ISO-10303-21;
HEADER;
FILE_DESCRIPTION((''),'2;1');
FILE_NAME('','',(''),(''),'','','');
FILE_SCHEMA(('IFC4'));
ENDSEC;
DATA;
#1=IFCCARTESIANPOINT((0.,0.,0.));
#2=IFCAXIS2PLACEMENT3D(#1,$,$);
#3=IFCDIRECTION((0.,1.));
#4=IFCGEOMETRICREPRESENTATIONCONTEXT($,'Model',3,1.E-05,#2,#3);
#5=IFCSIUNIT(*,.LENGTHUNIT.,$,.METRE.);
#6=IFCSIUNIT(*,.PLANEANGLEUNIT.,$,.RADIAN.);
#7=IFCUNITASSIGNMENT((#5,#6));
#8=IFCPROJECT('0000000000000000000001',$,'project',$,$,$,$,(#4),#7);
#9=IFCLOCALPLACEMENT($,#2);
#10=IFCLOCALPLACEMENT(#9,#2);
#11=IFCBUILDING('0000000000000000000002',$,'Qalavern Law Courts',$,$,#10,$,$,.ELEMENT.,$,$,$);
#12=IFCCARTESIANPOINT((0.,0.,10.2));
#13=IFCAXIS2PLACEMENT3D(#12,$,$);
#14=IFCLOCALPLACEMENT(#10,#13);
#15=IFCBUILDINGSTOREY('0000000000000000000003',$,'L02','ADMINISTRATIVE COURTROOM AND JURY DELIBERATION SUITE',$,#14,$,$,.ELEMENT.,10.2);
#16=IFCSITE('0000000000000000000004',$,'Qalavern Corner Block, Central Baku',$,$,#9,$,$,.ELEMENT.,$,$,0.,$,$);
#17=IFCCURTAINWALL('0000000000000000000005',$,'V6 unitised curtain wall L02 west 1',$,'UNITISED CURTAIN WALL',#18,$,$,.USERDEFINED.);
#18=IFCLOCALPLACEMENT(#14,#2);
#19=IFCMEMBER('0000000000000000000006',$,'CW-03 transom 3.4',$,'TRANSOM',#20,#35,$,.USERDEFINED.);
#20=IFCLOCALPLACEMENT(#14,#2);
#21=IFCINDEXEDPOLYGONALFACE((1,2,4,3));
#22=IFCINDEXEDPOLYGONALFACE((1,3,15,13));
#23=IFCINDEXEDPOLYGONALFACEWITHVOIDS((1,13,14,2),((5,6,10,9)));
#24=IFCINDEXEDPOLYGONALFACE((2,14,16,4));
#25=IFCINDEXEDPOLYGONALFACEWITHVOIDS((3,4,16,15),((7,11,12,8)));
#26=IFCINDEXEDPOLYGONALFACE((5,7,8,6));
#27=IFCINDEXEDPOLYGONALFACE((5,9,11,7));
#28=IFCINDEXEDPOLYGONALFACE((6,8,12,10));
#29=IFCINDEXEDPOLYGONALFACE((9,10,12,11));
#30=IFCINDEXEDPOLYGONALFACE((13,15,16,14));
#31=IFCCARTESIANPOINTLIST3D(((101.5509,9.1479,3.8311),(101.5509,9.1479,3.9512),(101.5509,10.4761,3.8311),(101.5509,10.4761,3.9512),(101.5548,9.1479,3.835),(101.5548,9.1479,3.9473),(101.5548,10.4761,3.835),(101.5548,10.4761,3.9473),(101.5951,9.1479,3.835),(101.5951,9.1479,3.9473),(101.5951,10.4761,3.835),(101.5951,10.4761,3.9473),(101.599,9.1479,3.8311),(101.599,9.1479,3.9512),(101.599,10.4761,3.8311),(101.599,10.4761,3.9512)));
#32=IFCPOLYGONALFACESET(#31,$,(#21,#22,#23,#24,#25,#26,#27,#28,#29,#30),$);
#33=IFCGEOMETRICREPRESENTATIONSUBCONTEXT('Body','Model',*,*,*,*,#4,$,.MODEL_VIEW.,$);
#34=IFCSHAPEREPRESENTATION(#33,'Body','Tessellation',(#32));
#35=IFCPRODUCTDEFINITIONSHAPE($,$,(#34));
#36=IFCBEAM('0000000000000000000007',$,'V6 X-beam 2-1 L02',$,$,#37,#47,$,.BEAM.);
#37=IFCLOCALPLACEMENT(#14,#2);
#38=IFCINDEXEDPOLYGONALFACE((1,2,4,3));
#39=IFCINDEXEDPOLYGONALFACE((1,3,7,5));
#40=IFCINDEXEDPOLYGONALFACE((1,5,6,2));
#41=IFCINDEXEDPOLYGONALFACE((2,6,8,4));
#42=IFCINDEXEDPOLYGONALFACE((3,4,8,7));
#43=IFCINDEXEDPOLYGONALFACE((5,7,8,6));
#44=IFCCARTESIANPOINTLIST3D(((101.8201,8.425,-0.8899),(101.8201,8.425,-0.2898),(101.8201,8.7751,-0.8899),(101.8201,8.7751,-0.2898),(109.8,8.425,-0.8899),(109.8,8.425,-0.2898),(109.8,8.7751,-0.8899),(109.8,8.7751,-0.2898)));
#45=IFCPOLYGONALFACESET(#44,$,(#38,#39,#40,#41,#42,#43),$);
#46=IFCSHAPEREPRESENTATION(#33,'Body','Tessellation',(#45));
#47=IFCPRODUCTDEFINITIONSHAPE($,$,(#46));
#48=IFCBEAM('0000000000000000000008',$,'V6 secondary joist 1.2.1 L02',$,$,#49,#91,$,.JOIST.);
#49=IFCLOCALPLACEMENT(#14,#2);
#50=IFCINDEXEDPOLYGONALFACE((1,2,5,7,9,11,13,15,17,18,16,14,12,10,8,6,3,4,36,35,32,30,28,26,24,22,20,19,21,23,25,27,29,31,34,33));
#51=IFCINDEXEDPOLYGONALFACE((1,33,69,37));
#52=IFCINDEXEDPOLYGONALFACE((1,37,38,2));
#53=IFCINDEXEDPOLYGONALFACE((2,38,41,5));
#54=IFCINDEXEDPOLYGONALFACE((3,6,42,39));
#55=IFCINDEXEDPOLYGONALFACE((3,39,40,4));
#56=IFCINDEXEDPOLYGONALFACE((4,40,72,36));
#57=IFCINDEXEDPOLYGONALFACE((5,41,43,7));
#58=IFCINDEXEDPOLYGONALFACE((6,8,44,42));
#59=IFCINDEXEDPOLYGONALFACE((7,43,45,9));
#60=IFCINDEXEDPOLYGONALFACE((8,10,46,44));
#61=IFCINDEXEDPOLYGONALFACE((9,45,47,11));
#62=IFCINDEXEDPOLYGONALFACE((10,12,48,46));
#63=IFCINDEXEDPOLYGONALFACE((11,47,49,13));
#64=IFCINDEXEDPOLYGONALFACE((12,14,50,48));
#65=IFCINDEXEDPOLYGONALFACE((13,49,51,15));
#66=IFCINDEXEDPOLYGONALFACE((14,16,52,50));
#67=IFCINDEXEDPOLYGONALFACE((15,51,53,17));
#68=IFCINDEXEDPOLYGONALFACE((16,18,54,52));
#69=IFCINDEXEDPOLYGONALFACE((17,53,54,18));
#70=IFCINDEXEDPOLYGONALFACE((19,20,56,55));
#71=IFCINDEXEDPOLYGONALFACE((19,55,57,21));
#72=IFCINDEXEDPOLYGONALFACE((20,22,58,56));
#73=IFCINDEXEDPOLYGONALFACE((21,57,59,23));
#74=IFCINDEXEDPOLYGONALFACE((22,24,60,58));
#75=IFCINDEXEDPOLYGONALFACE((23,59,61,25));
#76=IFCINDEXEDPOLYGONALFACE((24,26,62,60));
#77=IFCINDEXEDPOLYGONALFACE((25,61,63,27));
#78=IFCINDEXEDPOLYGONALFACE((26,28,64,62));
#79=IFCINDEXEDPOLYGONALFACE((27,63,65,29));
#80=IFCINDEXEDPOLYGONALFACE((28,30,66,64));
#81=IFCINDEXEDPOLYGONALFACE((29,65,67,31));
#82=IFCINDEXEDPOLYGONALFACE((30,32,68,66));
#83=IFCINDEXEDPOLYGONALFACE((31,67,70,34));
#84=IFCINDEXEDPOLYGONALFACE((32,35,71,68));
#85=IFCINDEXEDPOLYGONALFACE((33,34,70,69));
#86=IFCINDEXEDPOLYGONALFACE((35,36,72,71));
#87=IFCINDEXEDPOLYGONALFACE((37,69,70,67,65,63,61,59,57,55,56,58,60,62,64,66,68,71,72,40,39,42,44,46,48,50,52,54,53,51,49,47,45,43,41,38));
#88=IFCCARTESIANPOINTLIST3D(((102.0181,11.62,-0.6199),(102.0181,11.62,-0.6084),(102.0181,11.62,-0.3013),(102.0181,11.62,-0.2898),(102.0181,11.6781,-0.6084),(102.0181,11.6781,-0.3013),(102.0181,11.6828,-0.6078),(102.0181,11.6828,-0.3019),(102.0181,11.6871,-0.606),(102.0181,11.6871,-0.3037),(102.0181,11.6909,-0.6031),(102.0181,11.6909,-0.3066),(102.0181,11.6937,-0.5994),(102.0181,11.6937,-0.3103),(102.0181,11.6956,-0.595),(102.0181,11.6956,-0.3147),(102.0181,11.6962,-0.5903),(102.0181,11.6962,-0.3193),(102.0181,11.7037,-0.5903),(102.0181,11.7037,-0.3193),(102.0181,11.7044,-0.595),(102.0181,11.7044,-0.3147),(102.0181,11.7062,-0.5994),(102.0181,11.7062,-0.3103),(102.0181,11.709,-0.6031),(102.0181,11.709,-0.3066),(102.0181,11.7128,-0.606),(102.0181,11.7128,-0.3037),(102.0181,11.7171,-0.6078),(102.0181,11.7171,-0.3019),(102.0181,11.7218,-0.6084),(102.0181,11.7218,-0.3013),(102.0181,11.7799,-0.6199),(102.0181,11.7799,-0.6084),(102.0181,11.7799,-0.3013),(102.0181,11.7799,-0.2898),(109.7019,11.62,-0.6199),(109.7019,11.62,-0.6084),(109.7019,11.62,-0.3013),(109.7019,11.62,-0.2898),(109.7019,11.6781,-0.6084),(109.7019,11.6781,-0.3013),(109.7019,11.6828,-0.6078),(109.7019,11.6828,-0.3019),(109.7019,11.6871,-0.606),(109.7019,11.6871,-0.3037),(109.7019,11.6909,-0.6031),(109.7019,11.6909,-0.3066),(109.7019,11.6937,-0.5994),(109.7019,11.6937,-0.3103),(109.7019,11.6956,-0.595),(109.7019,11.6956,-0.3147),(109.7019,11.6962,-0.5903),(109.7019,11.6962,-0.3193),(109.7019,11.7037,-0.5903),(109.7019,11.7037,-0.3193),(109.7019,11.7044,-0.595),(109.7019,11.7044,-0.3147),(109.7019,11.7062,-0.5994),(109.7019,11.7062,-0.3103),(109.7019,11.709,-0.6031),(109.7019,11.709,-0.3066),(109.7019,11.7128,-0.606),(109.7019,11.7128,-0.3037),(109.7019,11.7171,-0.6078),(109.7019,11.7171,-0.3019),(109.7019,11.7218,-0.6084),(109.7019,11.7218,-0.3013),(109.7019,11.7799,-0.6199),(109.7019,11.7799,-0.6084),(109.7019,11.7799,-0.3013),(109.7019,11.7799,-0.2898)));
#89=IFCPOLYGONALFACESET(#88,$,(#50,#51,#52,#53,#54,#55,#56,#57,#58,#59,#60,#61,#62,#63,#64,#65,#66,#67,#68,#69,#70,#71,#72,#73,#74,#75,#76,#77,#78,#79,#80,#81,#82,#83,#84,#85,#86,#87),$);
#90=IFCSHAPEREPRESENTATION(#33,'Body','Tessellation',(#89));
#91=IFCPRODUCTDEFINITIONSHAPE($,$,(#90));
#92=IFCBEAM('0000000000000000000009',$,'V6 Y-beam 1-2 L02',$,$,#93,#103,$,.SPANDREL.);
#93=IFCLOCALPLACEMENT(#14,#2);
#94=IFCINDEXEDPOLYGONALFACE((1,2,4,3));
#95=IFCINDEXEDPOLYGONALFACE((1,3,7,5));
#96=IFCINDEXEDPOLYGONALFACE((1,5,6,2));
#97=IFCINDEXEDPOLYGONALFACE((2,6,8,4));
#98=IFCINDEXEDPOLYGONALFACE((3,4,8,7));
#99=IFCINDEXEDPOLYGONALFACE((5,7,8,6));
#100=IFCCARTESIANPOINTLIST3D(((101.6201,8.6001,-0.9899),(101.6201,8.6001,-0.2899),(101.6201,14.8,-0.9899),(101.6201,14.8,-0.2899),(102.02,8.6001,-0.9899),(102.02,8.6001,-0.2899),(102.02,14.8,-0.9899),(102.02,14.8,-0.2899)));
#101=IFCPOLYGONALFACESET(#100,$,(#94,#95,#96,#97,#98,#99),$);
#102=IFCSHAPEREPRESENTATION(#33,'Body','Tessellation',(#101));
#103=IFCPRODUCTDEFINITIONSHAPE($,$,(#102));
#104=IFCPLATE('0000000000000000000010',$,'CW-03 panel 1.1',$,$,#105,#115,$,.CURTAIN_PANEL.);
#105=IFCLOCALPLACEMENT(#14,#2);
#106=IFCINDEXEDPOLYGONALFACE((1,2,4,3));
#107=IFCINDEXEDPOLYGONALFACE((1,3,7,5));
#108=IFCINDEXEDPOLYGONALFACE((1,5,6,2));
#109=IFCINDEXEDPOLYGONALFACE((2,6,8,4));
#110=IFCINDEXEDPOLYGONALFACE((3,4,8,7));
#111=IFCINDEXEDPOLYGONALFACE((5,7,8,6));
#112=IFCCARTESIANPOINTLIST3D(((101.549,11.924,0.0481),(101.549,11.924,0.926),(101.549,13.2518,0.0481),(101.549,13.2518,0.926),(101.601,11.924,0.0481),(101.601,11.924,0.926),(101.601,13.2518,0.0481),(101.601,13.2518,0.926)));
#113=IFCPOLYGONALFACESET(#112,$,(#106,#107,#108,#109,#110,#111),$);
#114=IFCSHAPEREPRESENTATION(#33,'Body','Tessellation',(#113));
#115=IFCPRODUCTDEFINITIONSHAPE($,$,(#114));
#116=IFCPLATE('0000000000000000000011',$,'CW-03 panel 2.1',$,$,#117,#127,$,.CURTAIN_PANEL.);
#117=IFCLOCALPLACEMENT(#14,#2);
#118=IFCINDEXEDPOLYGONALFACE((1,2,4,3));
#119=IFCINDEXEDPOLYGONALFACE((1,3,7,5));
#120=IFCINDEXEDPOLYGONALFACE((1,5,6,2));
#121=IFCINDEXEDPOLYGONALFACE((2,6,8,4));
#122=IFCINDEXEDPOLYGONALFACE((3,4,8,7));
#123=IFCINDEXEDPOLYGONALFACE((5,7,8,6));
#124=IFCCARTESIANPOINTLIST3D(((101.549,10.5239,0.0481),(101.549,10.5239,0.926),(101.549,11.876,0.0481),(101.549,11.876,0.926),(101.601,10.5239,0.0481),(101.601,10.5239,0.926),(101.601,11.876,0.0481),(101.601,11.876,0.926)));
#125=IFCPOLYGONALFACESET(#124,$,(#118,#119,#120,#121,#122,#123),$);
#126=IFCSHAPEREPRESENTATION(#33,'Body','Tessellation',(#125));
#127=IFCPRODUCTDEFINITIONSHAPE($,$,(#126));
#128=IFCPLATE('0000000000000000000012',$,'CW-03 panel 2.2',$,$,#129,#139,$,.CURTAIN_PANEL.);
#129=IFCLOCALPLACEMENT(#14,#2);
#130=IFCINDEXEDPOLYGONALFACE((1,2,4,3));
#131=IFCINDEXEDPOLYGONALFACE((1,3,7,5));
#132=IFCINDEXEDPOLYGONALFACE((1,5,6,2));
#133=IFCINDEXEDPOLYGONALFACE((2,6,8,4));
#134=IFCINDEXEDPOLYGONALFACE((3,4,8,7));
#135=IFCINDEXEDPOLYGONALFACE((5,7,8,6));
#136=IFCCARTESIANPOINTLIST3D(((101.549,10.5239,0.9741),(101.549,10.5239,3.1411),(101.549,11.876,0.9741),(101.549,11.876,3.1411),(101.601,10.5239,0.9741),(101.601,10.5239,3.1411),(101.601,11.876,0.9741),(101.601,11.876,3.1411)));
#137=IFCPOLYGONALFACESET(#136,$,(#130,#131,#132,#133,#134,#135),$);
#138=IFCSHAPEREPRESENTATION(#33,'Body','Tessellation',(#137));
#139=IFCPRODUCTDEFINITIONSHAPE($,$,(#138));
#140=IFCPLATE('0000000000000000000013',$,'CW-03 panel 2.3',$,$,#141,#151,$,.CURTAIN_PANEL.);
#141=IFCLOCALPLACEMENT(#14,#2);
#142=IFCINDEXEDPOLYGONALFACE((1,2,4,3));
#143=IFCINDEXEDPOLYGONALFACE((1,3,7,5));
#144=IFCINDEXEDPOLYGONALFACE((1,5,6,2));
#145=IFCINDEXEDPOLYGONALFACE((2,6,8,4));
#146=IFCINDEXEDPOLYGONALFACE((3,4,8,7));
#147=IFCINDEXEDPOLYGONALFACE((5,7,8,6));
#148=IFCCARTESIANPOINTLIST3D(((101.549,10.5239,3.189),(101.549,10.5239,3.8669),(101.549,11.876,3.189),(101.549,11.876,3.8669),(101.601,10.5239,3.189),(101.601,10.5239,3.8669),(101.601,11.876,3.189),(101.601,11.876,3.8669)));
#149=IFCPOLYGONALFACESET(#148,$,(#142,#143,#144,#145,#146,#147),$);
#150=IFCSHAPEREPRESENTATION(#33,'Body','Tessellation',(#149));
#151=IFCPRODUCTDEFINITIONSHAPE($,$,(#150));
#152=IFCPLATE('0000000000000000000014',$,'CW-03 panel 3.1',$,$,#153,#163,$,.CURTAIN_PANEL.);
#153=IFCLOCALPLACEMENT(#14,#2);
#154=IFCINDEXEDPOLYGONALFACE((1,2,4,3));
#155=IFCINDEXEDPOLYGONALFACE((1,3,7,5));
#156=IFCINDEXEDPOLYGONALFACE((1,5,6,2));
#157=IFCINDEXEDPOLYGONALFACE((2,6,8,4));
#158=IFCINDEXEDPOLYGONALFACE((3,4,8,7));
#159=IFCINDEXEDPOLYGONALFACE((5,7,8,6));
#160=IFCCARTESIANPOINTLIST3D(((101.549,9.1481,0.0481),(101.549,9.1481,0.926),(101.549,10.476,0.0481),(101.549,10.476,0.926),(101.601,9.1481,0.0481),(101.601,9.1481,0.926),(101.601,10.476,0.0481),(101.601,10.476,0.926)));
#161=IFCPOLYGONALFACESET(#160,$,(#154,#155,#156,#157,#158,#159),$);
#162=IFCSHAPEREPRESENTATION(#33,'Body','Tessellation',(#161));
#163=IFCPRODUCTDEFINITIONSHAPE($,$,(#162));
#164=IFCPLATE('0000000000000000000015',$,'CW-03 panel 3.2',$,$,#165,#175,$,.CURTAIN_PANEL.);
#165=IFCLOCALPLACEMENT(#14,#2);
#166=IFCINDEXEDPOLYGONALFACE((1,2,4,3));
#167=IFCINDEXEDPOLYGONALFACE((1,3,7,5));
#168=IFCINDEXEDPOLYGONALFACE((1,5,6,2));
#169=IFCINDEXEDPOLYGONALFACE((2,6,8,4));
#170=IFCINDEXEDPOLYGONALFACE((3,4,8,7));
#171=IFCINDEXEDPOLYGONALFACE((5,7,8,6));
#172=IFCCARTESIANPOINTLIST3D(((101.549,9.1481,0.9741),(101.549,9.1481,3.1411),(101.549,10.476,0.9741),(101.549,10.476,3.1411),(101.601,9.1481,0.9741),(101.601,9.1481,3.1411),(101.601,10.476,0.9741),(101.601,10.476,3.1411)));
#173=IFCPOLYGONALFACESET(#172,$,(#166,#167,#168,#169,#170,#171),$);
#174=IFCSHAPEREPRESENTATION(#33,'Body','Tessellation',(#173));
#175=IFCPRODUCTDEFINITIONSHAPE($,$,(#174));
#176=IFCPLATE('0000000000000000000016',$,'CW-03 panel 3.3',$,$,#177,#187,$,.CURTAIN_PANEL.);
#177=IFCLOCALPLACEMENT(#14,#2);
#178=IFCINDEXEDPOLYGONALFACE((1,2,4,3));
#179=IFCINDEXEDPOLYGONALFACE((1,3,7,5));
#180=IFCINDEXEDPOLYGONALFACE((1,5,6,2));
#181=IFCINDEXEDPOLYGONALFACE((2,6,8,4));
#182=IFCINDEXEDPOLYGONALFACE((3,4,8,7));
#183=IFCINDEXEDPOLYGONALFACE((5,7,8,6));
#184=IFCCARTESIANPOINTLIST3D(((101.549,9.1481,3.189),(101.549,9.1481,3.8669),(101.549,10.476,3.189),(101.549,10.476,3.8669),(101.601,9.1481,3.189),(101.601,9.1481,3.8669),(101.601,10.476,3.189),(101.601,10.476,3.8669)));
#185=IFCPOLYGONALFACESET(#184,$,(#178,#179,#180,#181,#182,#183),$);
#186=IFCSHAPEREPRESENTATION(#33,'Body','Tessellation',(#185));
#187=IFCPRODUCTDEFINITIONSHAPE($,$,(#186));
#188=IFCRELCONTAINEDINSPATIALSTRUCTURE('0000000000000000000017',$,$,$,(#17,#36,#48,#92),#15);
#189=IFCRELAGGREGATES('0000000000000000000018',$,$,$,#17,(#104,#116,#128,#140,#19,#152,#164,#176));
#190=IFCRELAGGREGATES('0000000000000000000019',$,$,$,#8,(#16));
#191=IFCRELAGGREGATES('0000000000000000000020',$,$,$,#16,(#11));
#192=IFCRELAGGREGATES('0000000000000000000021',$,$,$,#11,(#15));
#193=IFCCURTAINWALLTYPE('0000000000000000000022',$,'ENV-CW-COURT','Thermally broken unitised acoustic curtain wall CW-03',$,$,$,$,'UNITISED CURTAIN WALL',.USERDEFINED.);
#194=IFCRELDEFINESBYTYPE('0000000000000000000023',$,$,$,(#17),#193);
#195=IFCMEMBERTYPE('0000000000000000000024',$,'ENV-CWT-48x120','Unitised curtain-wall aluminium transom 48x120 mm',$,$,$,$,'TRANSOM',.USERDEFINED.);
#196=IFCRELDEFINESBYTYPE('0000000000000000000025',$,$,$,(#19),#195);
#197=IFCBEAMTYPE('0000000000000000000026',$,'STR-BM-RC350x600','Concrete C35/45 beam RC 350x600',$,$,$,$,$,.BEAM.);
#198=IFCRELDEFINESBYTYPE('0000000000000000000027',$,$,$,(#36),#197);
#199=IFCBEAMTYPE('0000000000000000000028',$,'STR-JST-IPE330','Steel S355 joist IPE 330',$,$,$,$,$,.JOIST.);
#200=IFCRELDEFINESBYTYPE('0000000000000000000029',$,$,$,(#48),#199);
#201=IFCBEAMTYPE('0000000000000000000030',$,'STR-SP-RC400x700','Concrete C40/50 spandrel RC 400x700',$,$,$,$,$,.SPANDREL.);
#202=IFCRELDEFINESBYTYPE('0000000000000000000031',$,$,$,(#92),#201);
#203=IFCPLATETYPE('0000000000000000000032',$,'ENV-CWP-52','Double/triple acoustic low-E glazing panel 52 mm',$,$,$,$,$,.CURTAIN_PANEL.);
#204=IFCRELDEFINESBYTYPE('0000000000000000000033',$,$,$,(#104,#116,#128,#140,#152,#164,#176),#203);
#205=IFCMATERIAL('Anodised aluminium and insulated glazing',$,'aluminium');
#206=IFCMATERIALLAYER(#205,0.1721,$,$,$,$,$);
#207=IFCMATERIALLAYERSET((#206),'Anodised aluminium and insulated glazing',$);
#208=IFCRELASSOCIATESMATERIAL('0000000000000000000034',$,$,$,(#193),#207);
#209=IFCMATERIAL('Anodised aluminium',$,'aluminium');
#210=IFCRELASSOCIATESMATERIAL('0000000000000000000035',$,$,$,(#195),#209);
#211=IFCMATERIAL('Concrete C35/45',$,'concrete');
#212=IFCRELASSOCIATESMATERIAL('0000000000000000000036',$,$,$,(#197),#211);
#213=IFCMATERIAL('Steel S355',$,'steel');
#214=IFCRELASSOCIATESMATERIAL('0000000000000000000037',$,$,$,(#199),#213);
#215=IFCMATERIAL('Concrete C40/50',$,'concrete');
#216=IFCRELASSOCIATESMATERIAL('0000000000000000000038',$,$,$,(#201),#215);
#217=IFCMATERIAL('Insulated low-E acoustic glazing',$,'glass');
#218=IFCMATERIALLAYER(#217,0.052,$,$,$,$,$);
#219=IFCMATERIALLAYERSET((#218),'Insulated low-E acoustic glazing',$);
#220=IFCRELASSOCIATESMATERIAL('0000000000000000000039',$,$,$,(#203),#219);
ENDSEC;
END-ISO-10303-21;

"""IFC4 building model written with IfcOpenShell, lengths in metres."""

from ifc_helpers import new_model, si_unit, direction, frame, origin, origin_2d, place, context, subcontext, project, spatial, rectangle, hollow_rectangle, i_section, extrude, material, layer, layer_set, material_profile, profile_set, type_object, element, aggregate, save


model = new_model("IFC4")

# Units and contexts
model_context = context("Model", 3, precision=1e-05, world=origin(), true_north=direction((0.0, 1.0)))
body_context = subcontext(model_context, "Body", "Model", "MODEL_VIEW")
ifc_project = project(units=[si_unit("LENGTHUNIT", "METRE"), si_unit("PLANEANGLEUNIT", "RADIAN")], contexts=[model_context])

# Site, building, storey
site_placement = place(None, origin())
site = spatial("IfcSite", under=ifc_project, at=site_placement, Name="Qalavern Corner Block, Central Baku", CompositionType="ELEMENT", RefElevation=0.0)
building_placement = place(site_placement, origin())
building = spatial("IfcBuilding", under=site, at=building_placement, Name="Qalavern Law Courts", CompositionType="ELEMENT")
storey_placement = place(building_placement, frame((0.0, 0.0, 10.2)))
storey = spatial("IfcBuildingStorey", under=building, at=storey_placement, Name="L02", Description="ADMINISTRATIVE COURTROOM AND JURY DELIBERATION SUITE", CompositionType="ELEMENT", Elevation=10.2)

# Curtain wall, member
ifc_material_1 = material(Name="Anodised aluminium and insulated glazing", Category="aluminium")
ifc_layer_1 = layer(ifc_material_1, 0.1721)
ifc_layer_set_1 = layer_set([ifc_layer_1], Name="Anodised aluminium and insulated glazing")
curtain_wall_type = type_object("IfcCurtainWallType", Name="ENV-CW-COURT", Description="Thermally broken unitised acoustic curtain wall CW-03", ElementType="UNITISED CURTAIN WALL", PredefinedType="USERDEFINED", material=ifc_layer_set_1)
curtain_wall_placement = place(storey_placement, origin())
curtain_wall = element("IfcCurtainWall", 1, at=curtain_wall_placement, inside=storey, type_object=curtain_wall_type, Name="V6 unitised curtain wall L02 west 1", ObjectType="UNITISED CURTAIN WALL", PredefinedType="USERDEFINED")
ifc_material_2 = material(Name="Anodised aluminium", Category="aluminium")
ifc_material_profile_1 = material_profile(ifc_material_2, hollow_rectangle(XDim=0.0481, YDim=0.1201, WallThickness=0.0039, at=origin_2d()), Name="ALU TRANSOM 48x120")
ifc_profile_set_1 = profile_set([ifc_material_profile_1], Name="Anodised aluminium")
member_type_1 = type_object("IfcMemberType", Name="ENV-CWT-48x120", Description="Unitised curtain-wall aluminium transom 48x120 mm", ElementType="TRANSOM", PredefinedType="USERDEFINED", material=ifc_profile_set_1)
member_1_placement = place(storey_placement, frame((101.575, 10.4761, 3.8911), z_axis=(0.0, -1.0, 0.0), x_axis=(1.0, 0.0, 0.0)))
member_1 = element("IfcMember", 2, at=member_1_placement, type_object=member_type_1, Name="CW-03 transom 3.4", ObjectType="TRANSOM", PredefinedType="USERDEFINED", context=body_context, shape_type="SweptSolid", body=[
    extrude(hollow_rectangle(XDim=0.0481, YDim=0.1201, WallThickness=0.0039, at=origin_2d()), origin(), (0.0, 0.0, 1.0), 1.3281),
])

# Beams
ifc_material_3 = material(Name="Concrete C35/45", Category="concrete")
ifc_material_profile_2 = material_profile(ifc_material_3, rectangle(XDim=0.3501, YDim=0.6001, at=origin_2d()), Name="RC 350x600")
ifc_profile_set_2 = profile_set([ifc_material_profile_2], Name="Concrete C35/45")
beam_type_1 = type_object("IfcBeamType", Name="STR-BM-RC350x600", Description="Concrete C35/45 beam RC 350x600", PredefinedType="BEAM", material=ifc_profile_set_2)
beam_1_placement = place(storey_placement, frame((101.8201, 8.6001, -0.5898), z_axis=(1.0, 0.0, 0.0), x_axis=(0.0, 1.0, 0.0)))
element("IfcBeam", 3, at=beam_1_placement, inside=storey, type_object=beam_type_1, Name="V6 X-beam 2-1 L02", PredefinedType="BEAM", context=body_context, shape_type="SweptSolid", body=[
    extrude(rectangle(XDim=0.3501, YDim=0.6001, at=origin_2d()), origin(), (0.0, 0.0, 1.0), 7.98),
])
ifc_material_4 = material(Name="Steel S355", Category="steel")
ifc_material_profile_3 = material_profile(ifc_material_4, i_section(OverallWidth=0.1599, OverallDepth=0.3301, WebThickness=0.0076, FlangeThickness=0.0115, FilletRadius=0.0181, at=origin_2d()), Name="IPE 330")
ifc_profile_set_3 = profile_set([ifc_material_profile_3], Name="Steel S355")
beam_type_2 = type_object("IfcBeamType", Name="STR-JST-IPE330", Description="Steel S355 joist IPE 330", PredefinedType="JOIST", material=ifc_profile_set_3)
beam_2_placement = place(storey_placement, frame((102.0181, 11.7, -0.4548), z_axis=(1.0, 0.0, 0.0), x_axis=(0.0, 1.0, 0.0)))
element("IfcBeam", 4, at=beam_2_placement, inside=storey, type_object=beam_type_2, Name="V6 secondary joist 1.2.1 L02", PredefinedType="JOIST", context=body_context, shape_type="SweptSolid", body=[
    extrude(i_section(OverallWidth=0.1599, OverallDepth=0.3301, WebThickness=0.0076, FlangeThickness=0.0115, FilletRadius=0.0181, at=origin_2d()), origin(), (0.0, 0.0, 1.0), 7.6838),
])
ifc_material_5 = material(Name="Concrete C40/50", Category="concrete")
ifc_material_profile_4 = material_profile(ifc_material_5, rectangle(XDim=0.3999, YDim=0.7, at=origin_2d()), Name="RC 400x700")
ifc_profile_set_4 = profile_set([ifc_material_profile_4], Name="Concrete C40/50")
beam_type_3 = type_object("IfcBeamType", Name="STR-SP-RC400x700", Description="Concrete C40/50 spandrel RC 400x700", PredefinedType="SPANDREL", material=ifc_profile_set_4)
beam_3_placement = place(storey_placement, frame((101.8201, 8.6001, -0.6399), z_axis=(0.0, 1.0, 0.0), x_axis=(-1.0, 0.0, 0.0)))
element("IfcBeam", 5, at=beam_3_placement, inside=storey, type_object=beam_type_3, Name="V6 Y-beam 1-2 L02", PredefinedType="SPANDREL", context=body_context, shape_type="SweptSolid", body=[
    extrude(rectangle(XDim=0.3999, YDim=0.7, at=origin_2d()), origin(), (0.0, 0.0, 1.0), 6.2),
])

# Plates
ifc_material_6 = material(Name="Insulated low-E acoustic glazing", Category="glass")
ifc_layer_2 = layer(ifc_material_6, 0.052)
ifc_layer_set_2 = layer_set([ifc_layer_2], Name="Insulated low-E acoustic glazing")
plate_type = type_object("IfcPlateType", Name="ENV-CWP-52", Description="Double/triple acoustic low-E glazing panel 52 mm", PredefinedType="CURTAIN_PANEL", material=ifc_layer_set_2)
plate_1_placement = place(storey_placement, frame((101.575, 12.5879, 0.0481), z_axis=(0.0, 0.0, 1.0), x_axis=(0.0, -1.0, 0.0)))
plate_1 = element("IfcPlate", 6, at=plate_1_placement, type_object=plate_type, Name="CW-03 panel 1.1", PredefinedType="CURTAIN_PANEL", context=body_context, shape_type="SweptSolid", body=[
    extrude(rectangle(XDim=1.3279, YDim=0.052, at=origin_2d()), origin(), (0.0, 0.0, 1.0), 0.8779),
])
plate_2_placement = place(storey_placement, frame((101.575, 11.2, 0.0481), z_axis=(0.0, 0.0, 1.0), x_axis=(0.0, -1.0, 0.0)))
plate_2 = element("IfcPlate", 7, at=plate_2_placement, type_object=plate_type, Name="CW-03 panel 2.1", PredefinedType="CURTAIN_PANEL", context=body_context, shape_type="SweptSolid", body=[
    extrude(rectangle(XDim=1.3521, YDim=0.052, at=origin_2d()), origin(), (0.0, 0.0, 1.0), 0.8779),
])
plate_3_placement = place(storey_placement, frame((101.575, 11.2, 0.9741), z_axis=(0.0, 0.0, 1.0), x_axis=(0.0, -1.0, 0.0)))
plate_3 = element("IfcPlate", 8, at=plate_3_placement, type_object=plate_type, Name="CW-03 panel 2.2", PredefinedType="CURTAIN_PANEL", context=body_context, shape_type="SweptSolid", body=[
    extrude(rectangle(XDim=1.3521, YDim=0.052, at=origin_2d()), origin(), (0.0, 0.0, 1.0), 2.167),
])
plate_4_placement = place(storey_placement, frame((101.575, 11.2, 3.189), z_axis=(0.0, 0.0, 1.0), x_axis=(0.0, -1.0, 0.0)))
plate_4 = element("IfcPlate", 9, at=plate_4_placement, type_object=plate_type, Name="CW-03 panel 2.3", PredefinedType="CURTAIN_PANEL", context=body_context, shape_type="SweptSolid", body=[
    extrude(rectangle(XDim=1.3521, YDim=0.052, at=origin_2d()), origin(), (0.0, 0.0, 1.0), 0.678),
])
plate_5_placement = place(storey_placement, frame((101.575, 9.812, 0.0481), z_axis=(0.0, 0.0, 1.0), x_axis=(0.0, -1.0, 0.0)))
plate_5 = element("IfcPlate", 10, at=plate_5_placement, type_object=plate_type, Name="CW-03 panel 3.1", PredefinedType="CURTAIN_PANEL", context=body_context, shape_type="SweptSolid", body=[
    extrude(rectangle(XDim=1.3279, YDim=0.052, at=origin_2d()), origin(), (0.0, 0.0, 1.0), 0.8779),
])
plate_6_placement = place(storey_placement, frame((101.575, 9.812, 0.9741), z_axis=(0.0, 0.0, 1.0), x_axis=(0.0, -1.0, 0.0)))
plate_6 = element("IfcPlate", 11, at=plate_6_placement, type_object=plate_type, Name="CW-03 panel 3.2", PredefinedType="CURTAIN_PANEL", context=body_context, shape_type="SweptSolid", body=[
    extrude(rectangle(XDim=1.3279, YDim=0.052, at=origin_2d()), origin(), (0.0, 0.0, 1.0), 2.167),
])
plate_7_placement = place(storey_placement, frame((101.575, 9.812, 3.189), z_axis=(0.0, 0.0, 1.0), x_axis=(0.0, -1.0, 0.0)))
plate_7 = element("IfcPlate", 12, at=plate_7_placement, type_object=plate_type, Name="CW-03 panel 3.3", PredefinedType="CURTAIN_PANEL", context=body_context, shape_type="SweptSolid", body=[
    extrude(rectangle(XDim=1.3279, YDim=0.052, at=origin_2d()), origin(), (0.0, 0.0, 1.0), 0.678),
])
aggregate(curtain_wall, [plate_1, plate_2, plate_3, plate_4, member_1, plate_5, plate_6, plate_7])

save(model, "model.ifc")
